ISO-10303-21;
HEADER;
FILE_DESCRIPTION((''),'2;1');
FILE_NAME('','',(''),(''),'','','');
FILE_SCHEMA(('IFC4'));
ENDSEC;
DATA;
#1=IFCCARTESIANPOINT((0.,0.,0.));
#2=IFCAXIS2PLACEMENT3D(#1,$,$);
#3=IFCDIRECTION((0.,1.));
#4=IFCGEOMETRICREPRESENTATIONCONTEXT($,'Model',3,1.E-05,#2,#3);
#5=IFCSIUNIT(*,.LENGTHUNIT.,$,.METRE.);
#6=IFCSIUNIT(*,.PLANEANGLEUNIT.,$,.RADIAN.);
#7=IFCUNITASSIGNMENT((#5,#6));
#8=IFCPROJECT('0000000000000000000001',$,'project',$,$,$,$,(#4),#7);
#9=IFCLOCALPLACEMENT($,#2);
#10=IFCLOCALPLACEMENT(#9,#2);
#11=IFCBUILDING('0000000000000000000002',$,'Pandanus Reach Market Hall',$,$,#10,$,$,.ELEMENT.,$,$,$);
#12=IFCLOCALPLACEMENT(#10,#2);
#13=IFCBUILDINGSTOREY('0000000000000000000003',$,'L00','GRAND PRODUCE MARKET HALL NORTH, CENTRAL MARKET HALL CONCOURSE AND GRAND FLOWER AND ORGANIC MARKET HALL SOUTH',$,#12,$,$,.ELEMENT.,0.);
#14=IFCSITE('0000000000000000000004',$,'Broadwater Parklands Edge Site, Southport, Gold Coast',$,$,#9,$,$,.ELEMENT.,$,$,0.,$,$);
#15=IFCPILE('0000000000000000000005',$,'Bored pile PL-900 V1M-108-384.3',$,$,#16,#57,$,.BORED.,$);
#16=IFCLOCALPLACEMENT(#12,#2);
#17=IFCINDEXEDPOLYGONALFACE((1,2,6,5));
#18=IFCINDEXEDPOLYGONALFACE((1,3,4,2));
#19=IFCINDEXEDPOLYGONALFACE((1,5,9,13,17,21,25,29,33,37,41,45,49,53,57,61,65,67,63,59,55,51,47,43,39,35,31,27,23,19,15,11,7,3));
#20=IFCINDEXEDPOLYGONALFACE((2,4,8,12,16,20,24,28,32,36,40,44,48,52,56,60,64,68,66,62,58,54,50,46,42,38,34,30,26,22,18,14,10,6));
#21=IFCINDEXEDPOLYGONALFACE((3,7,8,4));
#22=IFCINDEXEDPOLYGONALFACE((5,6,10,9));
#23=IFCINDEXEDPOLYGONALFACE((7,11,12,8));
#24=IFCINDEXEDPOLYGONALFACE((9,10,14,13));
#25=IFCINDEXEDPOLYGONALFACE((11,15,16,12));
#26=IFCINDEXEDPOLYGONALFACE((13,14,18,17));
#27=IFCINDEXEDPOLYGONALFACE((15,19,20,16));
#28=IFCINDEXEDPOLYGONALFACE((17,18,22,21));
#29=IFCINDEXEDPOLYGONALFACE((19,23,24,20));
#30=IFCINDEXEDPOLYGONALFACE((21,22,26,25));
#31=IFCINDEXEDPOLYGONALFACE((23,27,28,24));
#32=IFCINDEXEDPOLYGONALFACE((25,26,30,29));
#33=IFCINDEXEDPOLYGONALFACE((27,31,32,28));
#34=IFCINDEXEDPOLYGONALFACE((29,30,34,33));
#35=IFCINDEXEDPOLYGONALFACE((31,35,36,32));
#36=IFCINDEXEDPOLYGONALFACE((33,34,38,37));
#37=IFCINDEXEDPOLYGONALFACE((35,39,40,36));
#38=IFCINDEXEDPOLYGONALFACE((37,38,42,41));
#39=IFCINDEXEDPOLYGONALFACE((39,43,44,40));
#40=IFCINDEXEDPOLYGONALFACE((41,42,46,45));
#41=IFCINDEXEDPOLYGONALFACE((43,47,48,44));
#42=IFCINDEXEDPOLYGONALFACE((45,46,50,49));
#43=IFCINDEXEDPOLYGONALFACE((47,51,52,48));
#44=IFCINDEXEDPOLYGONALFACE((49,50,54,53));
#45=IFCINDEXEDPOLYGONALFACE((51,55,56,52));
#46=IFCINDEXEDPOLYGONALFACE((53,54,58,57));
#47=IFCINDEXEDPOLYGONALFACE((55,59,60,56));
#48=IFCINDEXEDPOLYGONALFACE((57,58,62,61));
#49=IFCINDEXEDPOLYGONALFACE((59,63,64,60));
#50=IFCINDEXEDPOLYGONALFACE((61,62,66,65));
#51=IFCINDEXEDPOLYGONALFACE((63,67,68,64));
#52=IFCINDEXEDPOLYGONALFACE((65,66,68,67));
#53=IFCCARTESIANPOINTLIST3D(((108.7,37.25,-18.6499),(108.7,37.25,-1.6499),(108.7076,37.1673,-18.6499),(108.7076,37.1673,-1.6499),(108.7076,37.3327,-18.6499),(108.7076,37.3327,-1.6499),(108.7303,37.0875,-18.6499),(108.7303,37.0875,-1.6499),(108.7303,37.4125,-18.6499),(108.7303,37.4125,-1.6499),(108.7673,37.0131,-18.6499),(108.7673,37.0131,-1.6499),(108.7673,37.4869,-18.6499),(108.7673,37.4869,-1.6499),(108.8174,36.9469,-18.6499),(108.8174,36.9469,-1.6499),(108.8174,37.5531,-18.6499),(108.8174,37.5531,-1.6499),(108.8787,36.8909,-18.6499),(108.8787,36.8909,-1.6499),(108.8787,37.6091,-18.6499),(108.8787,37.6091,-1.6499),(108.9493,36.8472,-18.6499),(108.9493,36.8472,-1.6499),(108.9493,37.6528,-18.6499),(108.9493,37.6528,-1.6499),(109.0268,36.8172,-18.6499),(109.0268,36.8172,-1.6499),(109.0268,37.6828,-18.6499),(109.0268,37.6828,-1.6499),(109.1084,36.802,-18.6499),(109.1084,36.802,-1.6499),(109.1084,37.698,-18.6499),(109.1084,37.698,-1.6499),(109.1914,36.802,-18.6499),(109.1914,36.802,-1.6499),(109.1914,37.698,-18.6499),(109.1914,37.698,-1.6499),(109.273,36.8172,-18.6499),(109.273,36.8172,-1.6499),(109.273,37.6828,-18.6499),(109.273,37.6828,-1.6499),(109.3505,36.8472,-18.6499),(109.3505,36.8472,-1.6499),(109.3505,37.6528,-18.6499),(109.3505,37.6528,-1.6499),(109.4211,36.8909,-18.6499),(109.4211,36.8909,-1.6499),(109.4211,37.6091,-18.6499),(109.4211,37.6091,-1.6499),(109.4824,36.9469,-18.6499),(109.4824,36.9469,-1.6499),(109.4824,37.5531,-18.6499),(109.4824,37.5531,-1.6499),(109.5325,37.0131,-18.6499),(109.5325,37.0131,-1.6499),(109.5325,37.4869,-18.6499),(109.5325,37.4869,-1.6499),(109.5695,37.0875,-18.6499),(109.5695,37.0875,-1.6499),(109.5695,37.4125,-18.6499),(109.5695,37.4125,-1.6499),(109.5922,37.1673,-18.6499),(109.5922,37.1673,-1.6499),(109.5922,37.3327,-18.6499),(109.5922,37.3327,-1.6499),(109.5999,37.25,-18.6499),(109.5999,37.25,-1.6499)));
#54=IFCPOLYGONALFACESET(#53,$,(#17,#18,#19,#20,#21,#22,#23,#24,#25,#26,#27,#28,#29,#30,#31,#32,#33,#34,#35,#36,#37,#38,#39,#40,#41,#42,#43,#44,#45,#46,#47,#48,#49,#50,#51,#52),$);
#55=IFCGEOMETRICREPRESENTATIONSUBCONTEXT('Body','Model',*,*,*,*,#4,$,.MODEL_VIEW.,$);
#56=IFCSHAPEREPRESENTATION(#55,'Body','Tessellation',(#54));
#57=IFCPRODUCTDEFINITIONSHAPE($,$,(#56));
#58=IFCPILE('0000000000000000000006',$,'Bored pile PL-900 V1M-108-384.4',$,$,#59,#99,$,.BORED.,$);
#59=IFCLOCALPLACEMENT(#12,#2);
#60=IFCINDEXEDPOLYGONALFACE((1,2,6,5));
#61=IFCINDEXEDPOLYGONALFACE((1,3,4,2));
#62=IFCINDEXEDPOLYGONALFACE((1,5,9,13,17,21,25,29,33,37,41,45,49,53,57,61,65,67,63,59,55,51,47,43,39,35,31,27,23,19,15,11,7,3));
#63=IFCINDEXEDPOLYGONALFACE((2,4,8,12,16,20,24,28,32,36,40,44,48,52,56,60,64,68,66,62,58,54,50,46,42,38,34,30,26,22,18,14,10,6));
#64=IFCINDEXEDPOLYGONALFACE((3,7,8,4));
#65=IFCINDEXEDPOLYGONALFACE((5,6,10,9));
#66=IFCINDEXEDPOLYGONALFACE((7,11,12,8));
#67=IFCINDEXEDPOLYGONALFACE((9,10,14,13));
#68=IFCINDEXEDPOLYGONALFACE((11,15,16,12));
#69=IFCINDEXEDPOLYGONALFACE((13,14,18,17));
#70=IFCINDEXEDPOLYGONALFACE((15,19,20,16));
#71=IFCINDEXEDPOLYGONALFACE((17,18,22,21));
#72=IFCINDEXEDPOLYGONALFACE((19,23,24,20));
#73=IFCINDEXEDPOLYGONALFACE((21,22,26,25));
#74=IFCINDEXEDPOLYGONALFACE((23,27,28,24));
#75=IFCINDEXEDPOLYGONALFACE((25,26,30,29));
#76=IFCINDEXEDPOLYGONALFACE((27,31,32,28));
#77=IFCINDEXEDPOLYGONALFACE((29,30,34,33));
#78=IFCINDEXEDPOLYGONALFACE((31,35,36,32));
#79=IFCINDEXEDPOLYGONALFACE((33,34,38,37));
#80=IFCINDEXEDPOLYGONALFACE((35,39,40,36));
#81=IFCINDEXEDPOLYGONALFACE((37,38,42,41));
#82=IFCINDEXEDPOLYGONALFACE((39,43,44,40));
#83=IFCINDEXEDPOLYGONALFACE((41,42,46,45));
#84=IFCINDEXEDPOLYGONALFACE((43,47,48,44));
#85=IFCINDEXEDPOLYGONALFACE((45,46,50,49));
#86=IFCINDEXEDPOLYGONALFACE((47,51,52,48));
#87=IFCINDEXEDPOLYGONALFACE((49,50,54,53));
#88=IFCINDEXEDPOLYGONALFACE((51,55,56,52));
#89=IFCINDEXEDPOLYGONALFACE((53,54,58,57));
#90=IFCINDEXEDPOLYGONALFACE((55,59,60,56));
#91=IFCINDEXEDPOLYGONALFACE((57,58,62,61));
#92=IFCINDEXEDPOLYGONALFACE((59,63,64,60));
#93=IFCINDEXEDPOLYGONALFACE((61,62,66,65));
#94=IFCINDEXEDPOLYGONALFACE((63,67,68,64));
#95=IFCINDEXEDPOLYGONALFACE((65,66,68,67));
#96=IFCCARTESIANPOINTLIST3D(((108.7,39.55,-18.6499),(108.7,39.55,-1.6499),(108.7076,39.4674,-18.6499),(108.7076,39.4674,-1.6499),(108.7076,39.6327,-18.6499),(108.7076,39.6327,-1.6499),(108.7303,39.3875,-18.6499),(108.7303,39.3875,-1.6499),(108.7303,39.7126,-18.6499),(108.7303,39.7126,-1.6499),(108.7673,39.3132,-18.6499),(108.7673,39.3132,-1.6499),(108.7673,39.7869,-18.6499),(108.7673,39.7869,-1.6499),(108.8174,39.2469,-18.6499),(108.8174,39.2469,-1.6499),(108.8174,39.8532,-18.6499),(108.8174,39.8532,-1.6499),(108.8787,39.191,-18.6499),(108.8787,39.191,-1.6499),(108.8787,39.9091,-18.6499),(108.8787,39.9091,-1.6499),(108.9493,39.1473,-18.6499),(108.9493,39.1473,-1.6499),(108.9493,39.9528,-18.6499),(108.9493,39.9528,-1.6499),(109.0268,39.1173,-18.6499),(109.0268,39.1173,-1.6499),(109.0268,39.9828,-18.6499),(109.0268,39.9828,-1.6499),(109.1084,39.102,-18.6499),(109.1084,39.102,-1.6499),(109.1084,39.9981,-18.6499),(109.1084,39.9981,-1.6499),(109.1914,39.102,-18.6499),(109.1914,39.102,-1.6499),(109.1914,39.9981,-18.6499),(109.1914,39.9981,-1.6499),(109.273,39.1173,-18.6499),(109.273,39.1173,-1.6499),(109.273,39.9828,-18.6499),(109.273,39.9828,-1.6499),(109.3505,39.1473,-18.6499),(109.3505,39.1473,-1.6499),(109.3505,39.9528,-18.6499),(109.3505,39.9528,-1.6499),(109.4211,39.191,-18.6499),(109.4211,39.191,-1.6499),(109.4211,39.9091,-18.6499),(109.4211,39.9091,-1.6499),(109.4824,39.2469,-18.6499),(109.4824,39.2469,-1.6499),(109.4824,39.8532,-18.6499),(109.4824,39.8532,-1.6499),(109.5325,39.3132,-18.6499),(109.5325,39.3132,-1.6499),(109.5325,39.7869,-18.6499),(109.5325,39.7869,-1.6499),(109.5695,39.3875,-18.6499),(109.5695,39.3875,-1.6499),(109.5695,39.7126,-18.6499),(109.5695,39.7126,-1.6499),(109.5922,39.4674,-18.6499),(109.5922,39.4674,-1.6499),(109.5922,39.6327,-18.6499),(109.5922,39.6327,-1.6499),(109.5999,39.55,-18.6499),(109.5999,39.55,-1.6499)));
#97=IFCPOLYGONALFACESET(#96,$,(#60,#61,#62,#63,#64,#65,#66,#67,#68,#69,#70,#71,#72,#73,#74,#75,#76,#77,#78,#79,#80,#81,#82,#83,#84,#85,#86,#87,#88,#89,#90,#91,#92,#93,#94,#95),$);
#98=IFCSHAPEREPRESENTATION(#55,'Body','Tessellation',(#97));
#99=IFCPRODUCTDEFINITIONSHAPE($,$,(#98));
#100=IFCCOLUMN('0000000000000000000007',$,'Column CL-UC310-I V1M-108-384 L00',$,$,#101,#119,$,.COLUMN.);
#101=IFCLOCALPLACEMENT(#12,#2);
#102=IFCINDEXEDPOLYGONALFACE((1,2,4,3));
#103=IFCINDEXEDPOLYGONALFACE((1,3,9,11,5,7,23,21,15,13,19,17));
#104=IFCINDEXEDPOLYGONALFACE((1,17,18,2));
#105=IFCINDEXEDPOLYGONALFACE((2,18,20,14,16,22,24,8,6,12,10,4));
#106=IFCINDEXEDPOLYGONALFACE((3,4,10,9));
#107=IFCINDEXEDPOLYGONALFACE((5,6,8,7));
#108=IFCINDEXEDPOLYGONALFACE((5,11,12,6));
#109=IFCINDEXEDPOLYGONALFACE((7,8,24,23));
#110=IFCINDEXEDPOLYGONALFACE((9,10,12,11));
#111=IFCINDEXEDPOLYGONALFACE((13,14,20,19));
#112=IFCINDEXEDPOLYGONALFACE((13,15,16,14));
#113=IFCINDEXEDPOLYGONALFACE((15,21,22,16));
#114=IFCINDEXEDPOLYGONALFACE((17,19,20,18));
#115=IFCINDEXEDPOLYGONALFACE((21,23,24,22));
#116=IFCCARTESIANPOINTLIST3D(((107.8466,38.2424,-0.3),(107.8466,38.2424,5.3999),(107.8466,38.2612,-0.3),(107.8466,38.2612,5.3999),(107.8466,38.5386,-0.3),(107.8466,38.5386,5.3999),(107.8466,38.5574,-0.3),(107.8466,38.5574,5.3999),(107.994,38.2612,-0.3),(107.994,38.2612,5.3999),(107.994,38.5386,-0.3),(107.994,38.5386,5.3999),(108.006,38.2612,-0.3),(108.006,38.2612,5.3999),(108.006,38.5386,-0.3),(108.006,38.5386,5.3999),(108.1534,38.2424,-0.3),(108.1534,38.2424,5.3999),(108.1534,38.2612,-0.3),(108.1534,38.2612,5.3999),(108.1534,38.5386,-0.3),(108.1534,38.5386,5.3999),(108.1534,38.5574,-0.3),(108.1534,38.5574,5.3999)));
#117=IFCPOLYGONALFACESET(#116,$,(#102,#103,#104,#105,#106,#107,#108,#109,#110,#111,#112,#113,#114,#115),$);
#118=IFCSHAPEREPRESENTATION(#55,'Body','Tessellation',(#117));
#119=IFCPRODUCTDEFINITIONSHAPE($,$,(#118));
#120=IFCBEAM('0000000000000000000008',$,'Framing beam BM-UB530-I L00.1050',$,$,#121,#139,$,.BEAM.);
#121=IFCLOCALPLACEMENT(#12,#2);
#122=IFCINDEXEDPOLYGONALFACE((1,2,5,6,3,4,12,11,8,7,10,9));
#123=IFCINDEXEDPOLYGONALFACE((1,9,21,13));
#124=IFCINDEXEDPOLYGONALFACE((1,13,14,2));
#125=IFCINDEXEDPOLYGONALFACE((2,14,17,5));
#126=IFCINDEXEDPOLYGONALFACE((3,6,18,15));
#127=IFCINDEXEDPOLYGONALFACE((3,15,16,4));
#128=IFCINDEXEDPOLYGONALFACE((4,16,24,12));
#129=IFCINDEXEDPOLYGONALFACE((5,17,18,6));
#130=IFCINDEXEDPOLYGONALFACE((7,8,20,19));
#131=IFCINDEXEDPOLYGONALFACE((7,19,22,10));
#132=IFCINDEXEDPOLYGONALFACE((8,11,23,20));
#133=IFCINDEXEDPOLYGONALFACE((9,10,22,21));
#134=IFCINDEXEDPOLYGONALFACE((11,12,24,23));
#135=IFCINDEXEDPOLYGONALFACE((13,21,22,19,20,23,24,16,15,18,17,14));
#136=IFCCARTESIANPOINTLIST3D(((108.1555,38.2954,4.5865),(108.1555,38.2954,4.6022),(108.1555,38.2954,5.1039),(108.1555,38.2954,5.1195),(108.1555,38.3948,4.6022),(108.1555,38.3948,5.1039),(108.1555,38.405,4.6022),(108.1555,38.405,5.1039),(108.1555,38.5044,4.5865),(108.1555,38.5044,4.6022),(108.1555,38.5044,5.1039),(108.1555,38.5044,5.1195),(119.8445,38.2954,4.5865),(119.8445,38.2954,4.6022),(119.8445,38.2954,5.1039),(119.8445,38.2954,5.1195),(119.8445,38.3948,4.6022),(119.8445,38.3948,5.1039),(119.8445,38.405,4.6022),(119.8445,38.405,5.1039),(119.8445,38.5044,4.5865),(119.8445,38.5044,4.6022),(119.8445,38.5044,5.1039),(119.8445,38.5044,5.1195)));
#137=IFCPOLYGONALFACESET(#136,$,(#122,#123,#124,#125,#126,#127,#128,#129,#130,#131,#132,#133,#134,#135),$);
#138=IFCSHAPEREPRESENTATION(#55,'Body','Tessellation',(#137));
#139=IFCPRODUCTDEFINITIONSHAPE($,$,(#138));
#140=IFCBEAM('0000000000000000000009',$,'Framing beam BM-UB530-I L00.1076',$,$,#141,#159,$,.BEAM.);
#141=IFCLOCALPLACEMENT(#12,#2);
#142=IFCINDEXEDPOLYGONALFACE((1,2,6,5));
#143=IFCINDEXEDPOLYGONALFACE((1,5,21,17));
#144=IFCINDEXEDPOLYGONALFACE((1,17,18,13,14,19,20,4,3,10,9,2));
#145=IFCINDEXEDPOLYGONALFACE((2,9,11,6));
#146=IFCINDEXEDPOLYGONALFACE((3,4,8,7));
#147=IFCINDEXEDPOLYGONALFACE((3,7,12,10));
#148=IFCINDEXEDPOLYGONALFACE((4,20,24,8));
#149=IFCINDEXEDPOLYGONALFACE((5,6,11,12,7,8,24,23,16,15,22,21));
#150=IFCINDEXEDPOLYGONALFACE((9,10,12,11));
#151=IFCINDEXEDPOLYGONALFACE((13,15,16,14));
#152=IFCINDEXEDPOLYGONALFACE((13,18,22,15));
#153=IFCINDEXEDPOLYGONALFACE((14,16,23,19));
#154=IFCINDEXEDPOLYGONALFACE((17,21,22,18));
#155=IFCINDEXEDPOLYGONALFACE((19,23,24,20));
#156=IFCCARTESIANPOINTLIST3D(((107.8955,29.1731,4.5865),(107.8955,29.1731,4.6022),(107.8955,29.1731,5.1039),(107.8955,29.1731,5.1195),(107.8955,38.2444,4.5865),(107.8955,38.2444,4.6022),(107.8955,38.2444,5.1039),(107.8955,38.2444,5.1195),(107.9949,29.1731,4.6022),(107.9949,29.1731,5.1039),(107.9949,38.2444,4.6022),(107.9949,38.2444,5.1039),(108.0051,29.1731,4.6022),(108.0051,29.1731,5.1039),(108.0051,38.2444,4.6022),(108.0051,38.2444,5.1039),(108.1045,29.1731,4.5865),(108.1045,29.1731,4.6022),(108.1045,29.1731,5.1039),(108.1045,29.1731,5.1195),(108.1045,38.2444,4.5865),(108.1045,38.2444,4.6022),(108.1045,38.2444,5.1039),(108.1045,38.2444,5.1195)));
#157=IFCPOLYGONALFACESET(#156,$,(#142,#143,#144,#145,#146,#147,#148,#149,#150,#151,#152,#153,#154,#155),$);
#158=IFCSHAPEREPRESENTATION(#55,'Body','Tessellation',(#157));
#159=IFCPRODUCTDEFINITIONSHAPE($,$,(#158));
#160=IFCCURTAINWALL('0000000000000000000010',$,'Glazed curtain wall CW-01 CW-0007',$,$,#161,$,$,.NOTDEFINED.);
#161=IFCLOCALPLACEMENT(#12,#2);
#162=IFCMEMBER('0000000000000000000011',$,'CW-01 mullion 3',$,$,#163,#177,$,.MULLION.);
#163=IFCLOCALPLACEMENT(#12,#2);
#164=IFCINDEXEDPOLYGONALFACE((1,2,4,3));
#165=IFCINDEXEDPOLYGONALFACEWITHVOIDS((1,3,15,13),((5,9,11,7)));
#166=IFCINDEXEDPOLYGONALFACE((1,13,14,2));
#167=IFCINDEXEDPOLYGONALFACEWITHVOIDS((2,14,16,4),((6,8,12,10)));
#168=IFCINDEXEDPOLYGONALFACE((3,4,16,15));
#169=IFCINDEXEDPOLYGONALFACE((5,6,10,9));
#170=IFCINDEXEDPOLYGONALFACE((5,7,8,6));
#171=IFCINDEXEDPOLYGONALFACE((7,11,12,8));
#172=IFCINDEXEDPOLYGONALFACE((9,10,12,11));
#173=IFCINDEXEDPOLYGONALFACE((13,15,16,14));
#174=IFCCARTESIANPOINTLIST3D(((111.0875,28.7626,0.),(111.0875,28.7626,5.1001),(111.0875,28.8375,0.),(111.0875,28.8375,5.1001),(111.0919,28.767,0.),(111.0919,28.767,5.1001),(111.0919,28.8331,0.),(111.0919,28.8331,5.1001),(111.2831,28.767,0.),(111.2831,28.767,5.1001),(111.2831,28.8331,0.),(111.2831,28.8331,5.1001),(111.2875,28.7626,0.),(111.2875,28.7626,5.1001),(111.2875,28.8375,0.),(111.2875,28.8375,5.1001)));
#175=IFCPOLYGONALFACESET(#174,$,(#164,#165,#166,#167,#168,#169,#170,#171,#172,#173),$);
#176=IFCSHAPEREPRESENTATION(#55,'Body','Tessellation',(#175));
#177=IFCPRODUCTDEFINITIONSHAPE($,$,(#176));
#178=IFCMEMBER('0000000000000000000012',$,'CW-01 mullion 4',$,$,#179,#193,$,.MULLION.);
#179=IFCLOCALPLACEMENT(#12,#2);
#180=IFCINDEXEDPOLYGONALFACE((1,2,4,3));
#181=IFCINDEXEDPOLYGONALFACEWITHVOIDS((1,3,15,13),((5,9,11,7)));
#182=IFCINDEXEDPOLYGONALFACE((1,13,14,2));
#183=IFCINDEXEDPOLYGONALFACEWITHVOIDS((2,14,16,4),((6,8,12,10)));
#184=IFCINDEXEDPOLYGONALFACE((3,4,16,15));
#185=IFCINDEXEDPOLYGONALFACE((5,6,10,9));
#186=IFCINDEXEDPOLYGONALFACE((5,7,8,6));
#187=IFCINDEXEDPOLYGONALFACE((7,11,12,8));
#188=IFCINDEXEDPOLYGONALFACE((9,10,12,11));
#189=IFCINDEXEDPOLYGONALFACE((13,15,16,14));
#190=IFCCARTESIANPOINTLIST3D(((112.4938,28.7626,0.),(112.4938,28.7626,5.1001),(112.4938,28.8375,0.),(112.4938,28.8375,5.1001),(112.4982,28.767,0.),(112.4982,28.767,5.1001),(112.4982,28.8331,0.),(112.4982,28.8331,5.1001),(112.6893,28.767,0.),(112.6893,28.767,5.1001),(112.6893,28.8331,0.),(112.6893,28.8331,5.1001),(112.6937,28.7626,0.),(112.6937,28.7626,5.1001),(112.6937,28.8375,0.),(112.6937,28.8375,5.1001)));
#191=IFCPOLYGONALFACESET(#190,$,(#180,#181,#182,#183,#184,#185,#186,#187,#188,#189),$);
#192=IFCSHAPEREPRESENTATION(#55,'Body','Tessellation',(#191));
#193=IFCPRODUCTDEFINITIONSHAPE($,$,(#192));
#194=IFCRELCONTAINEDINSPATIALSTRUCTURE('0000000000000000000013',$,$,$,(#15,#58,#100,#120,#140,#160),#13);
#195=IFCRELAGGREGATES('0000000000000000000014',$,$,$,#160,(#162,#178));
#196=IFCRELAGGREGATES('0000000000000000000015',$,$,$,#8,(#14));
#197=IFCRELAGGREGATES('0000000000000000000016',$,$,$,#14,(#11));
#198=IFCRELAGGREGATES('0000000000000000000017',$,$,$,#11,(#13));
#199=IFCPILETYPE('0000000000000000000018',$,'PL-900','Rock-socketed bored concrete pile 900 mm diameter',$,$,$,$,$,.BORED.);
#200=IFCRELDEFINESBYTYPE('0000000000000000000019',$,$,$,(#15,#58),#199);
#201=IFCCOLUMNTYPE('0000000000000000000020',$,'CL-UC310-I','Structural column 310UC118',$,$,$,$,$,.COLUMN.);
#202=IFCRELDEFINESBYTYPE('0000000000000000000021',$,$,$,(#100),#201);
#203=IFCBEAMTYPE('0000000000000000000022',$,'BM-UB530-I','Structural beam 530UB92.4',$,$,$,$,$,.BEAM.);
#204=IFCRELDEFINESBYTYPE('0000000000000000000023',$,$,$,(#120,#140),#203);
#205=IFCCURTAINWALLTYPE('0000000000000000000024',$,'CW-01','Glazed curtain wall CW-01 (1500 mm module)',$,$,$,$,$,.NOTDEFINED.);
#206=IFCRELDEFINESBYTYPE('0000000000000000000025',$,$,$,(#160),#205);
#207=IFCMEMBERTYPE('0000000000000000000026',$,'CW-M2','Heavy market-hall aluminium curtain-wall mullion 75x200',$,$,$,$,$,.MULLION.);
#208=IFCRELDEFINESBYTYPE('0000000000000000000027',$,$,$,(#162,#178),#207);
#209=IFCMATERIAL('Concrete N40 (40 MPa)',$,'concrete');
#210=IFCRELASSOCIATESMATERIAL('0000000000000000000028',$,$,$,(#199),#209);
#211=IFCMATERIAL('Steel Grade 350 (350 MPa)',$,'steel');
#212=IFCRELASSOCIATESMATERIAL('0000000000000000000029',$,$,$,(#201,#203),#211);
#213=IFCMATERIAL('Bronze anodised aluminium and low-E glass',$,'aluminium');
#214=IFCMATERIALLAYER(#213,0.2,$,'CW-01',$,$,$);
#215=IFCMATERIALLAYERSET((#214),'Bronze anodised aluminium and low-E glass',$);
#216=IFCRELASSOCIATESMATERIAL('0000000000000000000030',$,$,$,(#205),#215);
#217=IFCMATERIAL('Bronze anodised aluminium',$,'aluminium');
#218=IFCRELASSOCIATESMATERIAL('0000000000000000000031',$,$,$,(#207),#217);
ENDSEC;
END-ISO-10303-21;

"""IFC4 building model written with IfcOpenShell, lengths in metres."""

from ifc_helpers import new_model, si_unit, direction, frame, origin, origin_2d, place, context, subcontext, project, spatial, hollow_rectangle, circle, i_section, extrude, material, layer, layer_set, material_profile, profile_set, type_object, element, aggregate, save


model = new_model("IFC4")

# Units and contexts
model_context = context("Model", 3, precision=1e-05, world=origin(), true_north=direction((0.0, 1.0)))
body_context = subcontext(model_context, "Body", "Model", "MODEL_VIEW")
ifc_project = project(units=[si_unit("LENGTHUNIT", "METRE"), si_unit("PLANEANGLEUNIT", "RADIAN")], contexts=[model_context])

# Site, building, storey
site_placement = place(None, origin())
site = spatial("IfcSite", under=ifc_project, at=site_placement, Name="Broadwater Parklands Edge Site, Southport, Gold Coast", CompositionType="ELEMENT", RefElevation=0.0)
building_placement = place(site_placement, origin())
building = spatial("IfcBuilding", under=site, at=building_placement, Name="Pandanus Reach Market Hall", CompositionType="ELEMENT")
storey_placement = place(building_placement, origin())
storey = spatial("IfcBuildingStorey", under=building, at=storey_placement, Name="L00", Description="GRAND PRODUCE MARKET HALL NORTH, CENTRAL MARKET HALL CONCOURSE AND GRAND FLOWER AND ORGANIC MARKET HALL SOUTH", CompositionType="ELEMENT", Elevation=0.0)

# Shared definitions
ifc_material_1 = material(Name="Concrete N40 (40 MPa)", Category="concrete")

# Piles
ifc_material_profile_1 = material_profile(ifc_material_1, circle(Radius=0.45, at=origin_2d()), Name="PILE-900D", Category="LoadBearing")
ifc_profile_set_1 = profile_set([ifc_material_profile_1], Name="Concrete N40 (40 MPa)")
pile_type_1 = type_object("IfcPileType", Name="PL-900", Description="Rock-socketed bored concrete pile 900 mm diameter", PredefinedType="BORED", material=ifc_profile_set_1)
for number, where, z_axis, x_axis, name in (
    (1, (109.1499, 37.25, -1.6499), (0.0, 0.0, -1.0), (1.0, 0.0, 0.0), "Bored pile PL-900 V1M-108-384.3"),
    (2, (109.1499, 39.55, -1.6499), (0.0, 0.0, -1.0), (1.0, 0.0, 0.0), "Bored pile PL-900 V1M-108-384.4"),
):
    element("IfcPile", number, at=place(storey_placement, frame(where, z_axis=z_axis, x_axis=x_axis)), inside=storey, type_object=pile_type_1, Name=name, PredefinedType="BORED", context=body_context, shape_type="SweptSolid", body=[
        extrude(circle(Radius=0.45, at=origin_2d()), origin(), (0.0, 0.0, 1.0), 17.0),
    ])

# Column
ifc_material_2 = material(Name="Steel Grade 350 (350 MPa)", Category="steel")
ifc_material_profile_2 = material_profile(ifc_material_2, i_section(OverallWidth=0.3069, OverallDepth=0.3149, WebThickness=0.012, FlangeThickness=0.0188, at=origin_2d()), Name="310UC118", Category="LoadBearing")
ifc_profile_set_2 = profile_set([ifc_material_profile_2], Name="Steel Grade 350 (350 MPa)")
column_type = type_object("IfcColumnType", Name="CL-UC310-I", Description="Structural column 310UC118", PredefinedType="COLUMN", material=ifc_profile_set_2)
column_placement = place(storey_placement, frame((108.0, 38.3999, -0.3), z_axis=(0.0, 0.0, 1.0), x_axis=(1.0, 0.0, 0.0)))
element("IfcColumn", 3, at=column_placement, inside=storey, type_object=column_type, Name="Column CL-UC310-I V1M-108-384 L00", PredefinedType="COLUMN", context=body_context, shape_type="SweptSolid", body=[
    extrude(i_section(OverallWidth=0.3069, OverallDepth=0.3149, WebThickness=0.012, FlangeThickness=0.0188, at=origin_2d()), origin(), (0.0, 0.0, 1.0), 5.7),
])

# Beams
ifc_material_profile_3 = material_profile(ifc_material_2, i_section(OverallWidth=0.209, OverallDepth=0.533, WebThickness=0.0103, FlangeThickness=0.0156, at=origin_2d()), Name="530UB92.4", Category="LoadBearing")
ifc_profile_set_3 = profile_set([ifc_material_profile_3], Name="Steel Grade 350 (350 MPa)")
beam_type_1 = type_object("IfcBeamType", Name="BM-UB530-I", Description="Structural beam 530UB92.4", PredefinedType="BEAM", material=ifc_profile_set_3)
beam_1_placement = place(storey_placement, frame((108.1555, 38.3999, 4.853), z_axis=(1.0, 0.0, 0.0), x_axis=(0.0, 1.0, 0.0)))
element("IfcBeam", 4, at=beam_1_placement, inside=storey, type_object=beam_type_1, Name="Framing beam BM-UB530-I L00.1050", PredefinedType="BEAM", context=body_context, shape_type="SweptSolid", body=[
    extrude(i_section(OverallWidth=0.209, OverallDepth=0.533, WebThickness=0.0103, FlangeThickness=0.0156, at=origin_2d()), origin(), (0.0, 0.0, 1.0), 11.689),
])
beam_2_placement = place(storey_placement, frame((108.0, 29.1731, 4.853), z_axis=(0.0, 1.0, 0.0), x_axis=(-1.0, 0.0, 0.0)))
element("IfcBeam", 5, at=beam_2_placement, inside=storey, type_object=beam_type_1, Name="Framing beam BM-UB530-I L00.1076", PredefinedType="BEAM", context=body_context, shape_type="SweptSolid", body=[
    extrude(i_section(OverallWidth=0.209, OverallDepth=0.533, WebThickness=0.0103, FlangeThickness=0.0156, at=origin_2d()), origin(), (0.0, 0.0, 1.0), 9.0713),
])

# Curtain wall, members
ifc_material_3 = material(Name="Bronze anodised aluminium and low-E glass", Category="aluminium")
ifc_layer_1 = layer(ifc_material_3, 0.2, Name="CW-01")
ifc_layer_set_1 = layer_set([ifc_layer_1], Name="Bronze anodised aluminium and low-E glass")
curtain_wall_type = type_object("IfcCurtainWallType", Name="CW-01", Description="Glazed curtain wall CW-01 (1500 mm module)", PredefinedType="NOTDEFINED", material=ifc_layer_set_1)
curtain_wall_placement = place(storey_placement, origin())
curtain_wall = element("IfcCurtainWall", 6, at=curtain_wall_placement, inside=storey, type_object=curtain_wall_type, Name="Glazed curtain wall CW-01 CW-0007", PredefinedType="NOTDEFINED")
ifc_material_4 = material(Name="Bronze anodised aluminium", Category="aluminium")
ifc_material_profile_4 = material_profile(ifc_material_4, hollow_rectangle(XDim=0.075, YDim=0.2, WallThickness=0.0044, at=origin_2d()), Name="ALU75x200", Category="LoadBearing")
ifc_profile_set_4 = profile_set([ifc_material_profile_4], Name="Bronze anodised aluminium")
member_type_1 = type_object("IfcMemberType", Name="CW-M2", Description="Heavy market-hall aluminium curtain-wall mullion 75x200", PredefinedType="MULLION", material=ifc_profile_set_4)
member_1_placement = place(storey_placement, frame((111.1875, 28.8, 0.0), z_axis=(0.0, 0.0, 1.0), x_axis=(0.0, 1.0, 0.0)))
member_1 = element("IfcMember", 7, at=member_1_placement, type_object=member_type_1, Name="CW-01 mullion 3", PredefinedType="MULLION", context=body_context, shape_type="SweptSolid", body=[
    extrude(hollow_rectangle(XDim=0.075, YDim=0.2, WallThickness=0.0044, at=origin_2d()), origin(), (0.0, 0.0, 1.0), 5.1001),
])
member_2_placement = place(storey_placement, frame((112.5938, 28.8, 0.0), z_axis=(0.0, 0.0, 1.0), x_axis=(0.0, 1.0, 0.0)))
member_2 = element("IfcMember", 8, at=member_2_placement, type_object=member_type_1, Name="CW-01 mullion 4", PredefinedType="MULLION", context=body_context, shape_type="SweptSolid", body=[
    extrude(hollow_rectangle(XDim=0.075, YDim=0.2, WallThickness=0.0044, at=origin_2d()), origin(), (0.0, 0.0, 1.0), 5.1001),
])

aggregate(curtain_wall, [member_1, member_2])

save(model, "model.ifc")
